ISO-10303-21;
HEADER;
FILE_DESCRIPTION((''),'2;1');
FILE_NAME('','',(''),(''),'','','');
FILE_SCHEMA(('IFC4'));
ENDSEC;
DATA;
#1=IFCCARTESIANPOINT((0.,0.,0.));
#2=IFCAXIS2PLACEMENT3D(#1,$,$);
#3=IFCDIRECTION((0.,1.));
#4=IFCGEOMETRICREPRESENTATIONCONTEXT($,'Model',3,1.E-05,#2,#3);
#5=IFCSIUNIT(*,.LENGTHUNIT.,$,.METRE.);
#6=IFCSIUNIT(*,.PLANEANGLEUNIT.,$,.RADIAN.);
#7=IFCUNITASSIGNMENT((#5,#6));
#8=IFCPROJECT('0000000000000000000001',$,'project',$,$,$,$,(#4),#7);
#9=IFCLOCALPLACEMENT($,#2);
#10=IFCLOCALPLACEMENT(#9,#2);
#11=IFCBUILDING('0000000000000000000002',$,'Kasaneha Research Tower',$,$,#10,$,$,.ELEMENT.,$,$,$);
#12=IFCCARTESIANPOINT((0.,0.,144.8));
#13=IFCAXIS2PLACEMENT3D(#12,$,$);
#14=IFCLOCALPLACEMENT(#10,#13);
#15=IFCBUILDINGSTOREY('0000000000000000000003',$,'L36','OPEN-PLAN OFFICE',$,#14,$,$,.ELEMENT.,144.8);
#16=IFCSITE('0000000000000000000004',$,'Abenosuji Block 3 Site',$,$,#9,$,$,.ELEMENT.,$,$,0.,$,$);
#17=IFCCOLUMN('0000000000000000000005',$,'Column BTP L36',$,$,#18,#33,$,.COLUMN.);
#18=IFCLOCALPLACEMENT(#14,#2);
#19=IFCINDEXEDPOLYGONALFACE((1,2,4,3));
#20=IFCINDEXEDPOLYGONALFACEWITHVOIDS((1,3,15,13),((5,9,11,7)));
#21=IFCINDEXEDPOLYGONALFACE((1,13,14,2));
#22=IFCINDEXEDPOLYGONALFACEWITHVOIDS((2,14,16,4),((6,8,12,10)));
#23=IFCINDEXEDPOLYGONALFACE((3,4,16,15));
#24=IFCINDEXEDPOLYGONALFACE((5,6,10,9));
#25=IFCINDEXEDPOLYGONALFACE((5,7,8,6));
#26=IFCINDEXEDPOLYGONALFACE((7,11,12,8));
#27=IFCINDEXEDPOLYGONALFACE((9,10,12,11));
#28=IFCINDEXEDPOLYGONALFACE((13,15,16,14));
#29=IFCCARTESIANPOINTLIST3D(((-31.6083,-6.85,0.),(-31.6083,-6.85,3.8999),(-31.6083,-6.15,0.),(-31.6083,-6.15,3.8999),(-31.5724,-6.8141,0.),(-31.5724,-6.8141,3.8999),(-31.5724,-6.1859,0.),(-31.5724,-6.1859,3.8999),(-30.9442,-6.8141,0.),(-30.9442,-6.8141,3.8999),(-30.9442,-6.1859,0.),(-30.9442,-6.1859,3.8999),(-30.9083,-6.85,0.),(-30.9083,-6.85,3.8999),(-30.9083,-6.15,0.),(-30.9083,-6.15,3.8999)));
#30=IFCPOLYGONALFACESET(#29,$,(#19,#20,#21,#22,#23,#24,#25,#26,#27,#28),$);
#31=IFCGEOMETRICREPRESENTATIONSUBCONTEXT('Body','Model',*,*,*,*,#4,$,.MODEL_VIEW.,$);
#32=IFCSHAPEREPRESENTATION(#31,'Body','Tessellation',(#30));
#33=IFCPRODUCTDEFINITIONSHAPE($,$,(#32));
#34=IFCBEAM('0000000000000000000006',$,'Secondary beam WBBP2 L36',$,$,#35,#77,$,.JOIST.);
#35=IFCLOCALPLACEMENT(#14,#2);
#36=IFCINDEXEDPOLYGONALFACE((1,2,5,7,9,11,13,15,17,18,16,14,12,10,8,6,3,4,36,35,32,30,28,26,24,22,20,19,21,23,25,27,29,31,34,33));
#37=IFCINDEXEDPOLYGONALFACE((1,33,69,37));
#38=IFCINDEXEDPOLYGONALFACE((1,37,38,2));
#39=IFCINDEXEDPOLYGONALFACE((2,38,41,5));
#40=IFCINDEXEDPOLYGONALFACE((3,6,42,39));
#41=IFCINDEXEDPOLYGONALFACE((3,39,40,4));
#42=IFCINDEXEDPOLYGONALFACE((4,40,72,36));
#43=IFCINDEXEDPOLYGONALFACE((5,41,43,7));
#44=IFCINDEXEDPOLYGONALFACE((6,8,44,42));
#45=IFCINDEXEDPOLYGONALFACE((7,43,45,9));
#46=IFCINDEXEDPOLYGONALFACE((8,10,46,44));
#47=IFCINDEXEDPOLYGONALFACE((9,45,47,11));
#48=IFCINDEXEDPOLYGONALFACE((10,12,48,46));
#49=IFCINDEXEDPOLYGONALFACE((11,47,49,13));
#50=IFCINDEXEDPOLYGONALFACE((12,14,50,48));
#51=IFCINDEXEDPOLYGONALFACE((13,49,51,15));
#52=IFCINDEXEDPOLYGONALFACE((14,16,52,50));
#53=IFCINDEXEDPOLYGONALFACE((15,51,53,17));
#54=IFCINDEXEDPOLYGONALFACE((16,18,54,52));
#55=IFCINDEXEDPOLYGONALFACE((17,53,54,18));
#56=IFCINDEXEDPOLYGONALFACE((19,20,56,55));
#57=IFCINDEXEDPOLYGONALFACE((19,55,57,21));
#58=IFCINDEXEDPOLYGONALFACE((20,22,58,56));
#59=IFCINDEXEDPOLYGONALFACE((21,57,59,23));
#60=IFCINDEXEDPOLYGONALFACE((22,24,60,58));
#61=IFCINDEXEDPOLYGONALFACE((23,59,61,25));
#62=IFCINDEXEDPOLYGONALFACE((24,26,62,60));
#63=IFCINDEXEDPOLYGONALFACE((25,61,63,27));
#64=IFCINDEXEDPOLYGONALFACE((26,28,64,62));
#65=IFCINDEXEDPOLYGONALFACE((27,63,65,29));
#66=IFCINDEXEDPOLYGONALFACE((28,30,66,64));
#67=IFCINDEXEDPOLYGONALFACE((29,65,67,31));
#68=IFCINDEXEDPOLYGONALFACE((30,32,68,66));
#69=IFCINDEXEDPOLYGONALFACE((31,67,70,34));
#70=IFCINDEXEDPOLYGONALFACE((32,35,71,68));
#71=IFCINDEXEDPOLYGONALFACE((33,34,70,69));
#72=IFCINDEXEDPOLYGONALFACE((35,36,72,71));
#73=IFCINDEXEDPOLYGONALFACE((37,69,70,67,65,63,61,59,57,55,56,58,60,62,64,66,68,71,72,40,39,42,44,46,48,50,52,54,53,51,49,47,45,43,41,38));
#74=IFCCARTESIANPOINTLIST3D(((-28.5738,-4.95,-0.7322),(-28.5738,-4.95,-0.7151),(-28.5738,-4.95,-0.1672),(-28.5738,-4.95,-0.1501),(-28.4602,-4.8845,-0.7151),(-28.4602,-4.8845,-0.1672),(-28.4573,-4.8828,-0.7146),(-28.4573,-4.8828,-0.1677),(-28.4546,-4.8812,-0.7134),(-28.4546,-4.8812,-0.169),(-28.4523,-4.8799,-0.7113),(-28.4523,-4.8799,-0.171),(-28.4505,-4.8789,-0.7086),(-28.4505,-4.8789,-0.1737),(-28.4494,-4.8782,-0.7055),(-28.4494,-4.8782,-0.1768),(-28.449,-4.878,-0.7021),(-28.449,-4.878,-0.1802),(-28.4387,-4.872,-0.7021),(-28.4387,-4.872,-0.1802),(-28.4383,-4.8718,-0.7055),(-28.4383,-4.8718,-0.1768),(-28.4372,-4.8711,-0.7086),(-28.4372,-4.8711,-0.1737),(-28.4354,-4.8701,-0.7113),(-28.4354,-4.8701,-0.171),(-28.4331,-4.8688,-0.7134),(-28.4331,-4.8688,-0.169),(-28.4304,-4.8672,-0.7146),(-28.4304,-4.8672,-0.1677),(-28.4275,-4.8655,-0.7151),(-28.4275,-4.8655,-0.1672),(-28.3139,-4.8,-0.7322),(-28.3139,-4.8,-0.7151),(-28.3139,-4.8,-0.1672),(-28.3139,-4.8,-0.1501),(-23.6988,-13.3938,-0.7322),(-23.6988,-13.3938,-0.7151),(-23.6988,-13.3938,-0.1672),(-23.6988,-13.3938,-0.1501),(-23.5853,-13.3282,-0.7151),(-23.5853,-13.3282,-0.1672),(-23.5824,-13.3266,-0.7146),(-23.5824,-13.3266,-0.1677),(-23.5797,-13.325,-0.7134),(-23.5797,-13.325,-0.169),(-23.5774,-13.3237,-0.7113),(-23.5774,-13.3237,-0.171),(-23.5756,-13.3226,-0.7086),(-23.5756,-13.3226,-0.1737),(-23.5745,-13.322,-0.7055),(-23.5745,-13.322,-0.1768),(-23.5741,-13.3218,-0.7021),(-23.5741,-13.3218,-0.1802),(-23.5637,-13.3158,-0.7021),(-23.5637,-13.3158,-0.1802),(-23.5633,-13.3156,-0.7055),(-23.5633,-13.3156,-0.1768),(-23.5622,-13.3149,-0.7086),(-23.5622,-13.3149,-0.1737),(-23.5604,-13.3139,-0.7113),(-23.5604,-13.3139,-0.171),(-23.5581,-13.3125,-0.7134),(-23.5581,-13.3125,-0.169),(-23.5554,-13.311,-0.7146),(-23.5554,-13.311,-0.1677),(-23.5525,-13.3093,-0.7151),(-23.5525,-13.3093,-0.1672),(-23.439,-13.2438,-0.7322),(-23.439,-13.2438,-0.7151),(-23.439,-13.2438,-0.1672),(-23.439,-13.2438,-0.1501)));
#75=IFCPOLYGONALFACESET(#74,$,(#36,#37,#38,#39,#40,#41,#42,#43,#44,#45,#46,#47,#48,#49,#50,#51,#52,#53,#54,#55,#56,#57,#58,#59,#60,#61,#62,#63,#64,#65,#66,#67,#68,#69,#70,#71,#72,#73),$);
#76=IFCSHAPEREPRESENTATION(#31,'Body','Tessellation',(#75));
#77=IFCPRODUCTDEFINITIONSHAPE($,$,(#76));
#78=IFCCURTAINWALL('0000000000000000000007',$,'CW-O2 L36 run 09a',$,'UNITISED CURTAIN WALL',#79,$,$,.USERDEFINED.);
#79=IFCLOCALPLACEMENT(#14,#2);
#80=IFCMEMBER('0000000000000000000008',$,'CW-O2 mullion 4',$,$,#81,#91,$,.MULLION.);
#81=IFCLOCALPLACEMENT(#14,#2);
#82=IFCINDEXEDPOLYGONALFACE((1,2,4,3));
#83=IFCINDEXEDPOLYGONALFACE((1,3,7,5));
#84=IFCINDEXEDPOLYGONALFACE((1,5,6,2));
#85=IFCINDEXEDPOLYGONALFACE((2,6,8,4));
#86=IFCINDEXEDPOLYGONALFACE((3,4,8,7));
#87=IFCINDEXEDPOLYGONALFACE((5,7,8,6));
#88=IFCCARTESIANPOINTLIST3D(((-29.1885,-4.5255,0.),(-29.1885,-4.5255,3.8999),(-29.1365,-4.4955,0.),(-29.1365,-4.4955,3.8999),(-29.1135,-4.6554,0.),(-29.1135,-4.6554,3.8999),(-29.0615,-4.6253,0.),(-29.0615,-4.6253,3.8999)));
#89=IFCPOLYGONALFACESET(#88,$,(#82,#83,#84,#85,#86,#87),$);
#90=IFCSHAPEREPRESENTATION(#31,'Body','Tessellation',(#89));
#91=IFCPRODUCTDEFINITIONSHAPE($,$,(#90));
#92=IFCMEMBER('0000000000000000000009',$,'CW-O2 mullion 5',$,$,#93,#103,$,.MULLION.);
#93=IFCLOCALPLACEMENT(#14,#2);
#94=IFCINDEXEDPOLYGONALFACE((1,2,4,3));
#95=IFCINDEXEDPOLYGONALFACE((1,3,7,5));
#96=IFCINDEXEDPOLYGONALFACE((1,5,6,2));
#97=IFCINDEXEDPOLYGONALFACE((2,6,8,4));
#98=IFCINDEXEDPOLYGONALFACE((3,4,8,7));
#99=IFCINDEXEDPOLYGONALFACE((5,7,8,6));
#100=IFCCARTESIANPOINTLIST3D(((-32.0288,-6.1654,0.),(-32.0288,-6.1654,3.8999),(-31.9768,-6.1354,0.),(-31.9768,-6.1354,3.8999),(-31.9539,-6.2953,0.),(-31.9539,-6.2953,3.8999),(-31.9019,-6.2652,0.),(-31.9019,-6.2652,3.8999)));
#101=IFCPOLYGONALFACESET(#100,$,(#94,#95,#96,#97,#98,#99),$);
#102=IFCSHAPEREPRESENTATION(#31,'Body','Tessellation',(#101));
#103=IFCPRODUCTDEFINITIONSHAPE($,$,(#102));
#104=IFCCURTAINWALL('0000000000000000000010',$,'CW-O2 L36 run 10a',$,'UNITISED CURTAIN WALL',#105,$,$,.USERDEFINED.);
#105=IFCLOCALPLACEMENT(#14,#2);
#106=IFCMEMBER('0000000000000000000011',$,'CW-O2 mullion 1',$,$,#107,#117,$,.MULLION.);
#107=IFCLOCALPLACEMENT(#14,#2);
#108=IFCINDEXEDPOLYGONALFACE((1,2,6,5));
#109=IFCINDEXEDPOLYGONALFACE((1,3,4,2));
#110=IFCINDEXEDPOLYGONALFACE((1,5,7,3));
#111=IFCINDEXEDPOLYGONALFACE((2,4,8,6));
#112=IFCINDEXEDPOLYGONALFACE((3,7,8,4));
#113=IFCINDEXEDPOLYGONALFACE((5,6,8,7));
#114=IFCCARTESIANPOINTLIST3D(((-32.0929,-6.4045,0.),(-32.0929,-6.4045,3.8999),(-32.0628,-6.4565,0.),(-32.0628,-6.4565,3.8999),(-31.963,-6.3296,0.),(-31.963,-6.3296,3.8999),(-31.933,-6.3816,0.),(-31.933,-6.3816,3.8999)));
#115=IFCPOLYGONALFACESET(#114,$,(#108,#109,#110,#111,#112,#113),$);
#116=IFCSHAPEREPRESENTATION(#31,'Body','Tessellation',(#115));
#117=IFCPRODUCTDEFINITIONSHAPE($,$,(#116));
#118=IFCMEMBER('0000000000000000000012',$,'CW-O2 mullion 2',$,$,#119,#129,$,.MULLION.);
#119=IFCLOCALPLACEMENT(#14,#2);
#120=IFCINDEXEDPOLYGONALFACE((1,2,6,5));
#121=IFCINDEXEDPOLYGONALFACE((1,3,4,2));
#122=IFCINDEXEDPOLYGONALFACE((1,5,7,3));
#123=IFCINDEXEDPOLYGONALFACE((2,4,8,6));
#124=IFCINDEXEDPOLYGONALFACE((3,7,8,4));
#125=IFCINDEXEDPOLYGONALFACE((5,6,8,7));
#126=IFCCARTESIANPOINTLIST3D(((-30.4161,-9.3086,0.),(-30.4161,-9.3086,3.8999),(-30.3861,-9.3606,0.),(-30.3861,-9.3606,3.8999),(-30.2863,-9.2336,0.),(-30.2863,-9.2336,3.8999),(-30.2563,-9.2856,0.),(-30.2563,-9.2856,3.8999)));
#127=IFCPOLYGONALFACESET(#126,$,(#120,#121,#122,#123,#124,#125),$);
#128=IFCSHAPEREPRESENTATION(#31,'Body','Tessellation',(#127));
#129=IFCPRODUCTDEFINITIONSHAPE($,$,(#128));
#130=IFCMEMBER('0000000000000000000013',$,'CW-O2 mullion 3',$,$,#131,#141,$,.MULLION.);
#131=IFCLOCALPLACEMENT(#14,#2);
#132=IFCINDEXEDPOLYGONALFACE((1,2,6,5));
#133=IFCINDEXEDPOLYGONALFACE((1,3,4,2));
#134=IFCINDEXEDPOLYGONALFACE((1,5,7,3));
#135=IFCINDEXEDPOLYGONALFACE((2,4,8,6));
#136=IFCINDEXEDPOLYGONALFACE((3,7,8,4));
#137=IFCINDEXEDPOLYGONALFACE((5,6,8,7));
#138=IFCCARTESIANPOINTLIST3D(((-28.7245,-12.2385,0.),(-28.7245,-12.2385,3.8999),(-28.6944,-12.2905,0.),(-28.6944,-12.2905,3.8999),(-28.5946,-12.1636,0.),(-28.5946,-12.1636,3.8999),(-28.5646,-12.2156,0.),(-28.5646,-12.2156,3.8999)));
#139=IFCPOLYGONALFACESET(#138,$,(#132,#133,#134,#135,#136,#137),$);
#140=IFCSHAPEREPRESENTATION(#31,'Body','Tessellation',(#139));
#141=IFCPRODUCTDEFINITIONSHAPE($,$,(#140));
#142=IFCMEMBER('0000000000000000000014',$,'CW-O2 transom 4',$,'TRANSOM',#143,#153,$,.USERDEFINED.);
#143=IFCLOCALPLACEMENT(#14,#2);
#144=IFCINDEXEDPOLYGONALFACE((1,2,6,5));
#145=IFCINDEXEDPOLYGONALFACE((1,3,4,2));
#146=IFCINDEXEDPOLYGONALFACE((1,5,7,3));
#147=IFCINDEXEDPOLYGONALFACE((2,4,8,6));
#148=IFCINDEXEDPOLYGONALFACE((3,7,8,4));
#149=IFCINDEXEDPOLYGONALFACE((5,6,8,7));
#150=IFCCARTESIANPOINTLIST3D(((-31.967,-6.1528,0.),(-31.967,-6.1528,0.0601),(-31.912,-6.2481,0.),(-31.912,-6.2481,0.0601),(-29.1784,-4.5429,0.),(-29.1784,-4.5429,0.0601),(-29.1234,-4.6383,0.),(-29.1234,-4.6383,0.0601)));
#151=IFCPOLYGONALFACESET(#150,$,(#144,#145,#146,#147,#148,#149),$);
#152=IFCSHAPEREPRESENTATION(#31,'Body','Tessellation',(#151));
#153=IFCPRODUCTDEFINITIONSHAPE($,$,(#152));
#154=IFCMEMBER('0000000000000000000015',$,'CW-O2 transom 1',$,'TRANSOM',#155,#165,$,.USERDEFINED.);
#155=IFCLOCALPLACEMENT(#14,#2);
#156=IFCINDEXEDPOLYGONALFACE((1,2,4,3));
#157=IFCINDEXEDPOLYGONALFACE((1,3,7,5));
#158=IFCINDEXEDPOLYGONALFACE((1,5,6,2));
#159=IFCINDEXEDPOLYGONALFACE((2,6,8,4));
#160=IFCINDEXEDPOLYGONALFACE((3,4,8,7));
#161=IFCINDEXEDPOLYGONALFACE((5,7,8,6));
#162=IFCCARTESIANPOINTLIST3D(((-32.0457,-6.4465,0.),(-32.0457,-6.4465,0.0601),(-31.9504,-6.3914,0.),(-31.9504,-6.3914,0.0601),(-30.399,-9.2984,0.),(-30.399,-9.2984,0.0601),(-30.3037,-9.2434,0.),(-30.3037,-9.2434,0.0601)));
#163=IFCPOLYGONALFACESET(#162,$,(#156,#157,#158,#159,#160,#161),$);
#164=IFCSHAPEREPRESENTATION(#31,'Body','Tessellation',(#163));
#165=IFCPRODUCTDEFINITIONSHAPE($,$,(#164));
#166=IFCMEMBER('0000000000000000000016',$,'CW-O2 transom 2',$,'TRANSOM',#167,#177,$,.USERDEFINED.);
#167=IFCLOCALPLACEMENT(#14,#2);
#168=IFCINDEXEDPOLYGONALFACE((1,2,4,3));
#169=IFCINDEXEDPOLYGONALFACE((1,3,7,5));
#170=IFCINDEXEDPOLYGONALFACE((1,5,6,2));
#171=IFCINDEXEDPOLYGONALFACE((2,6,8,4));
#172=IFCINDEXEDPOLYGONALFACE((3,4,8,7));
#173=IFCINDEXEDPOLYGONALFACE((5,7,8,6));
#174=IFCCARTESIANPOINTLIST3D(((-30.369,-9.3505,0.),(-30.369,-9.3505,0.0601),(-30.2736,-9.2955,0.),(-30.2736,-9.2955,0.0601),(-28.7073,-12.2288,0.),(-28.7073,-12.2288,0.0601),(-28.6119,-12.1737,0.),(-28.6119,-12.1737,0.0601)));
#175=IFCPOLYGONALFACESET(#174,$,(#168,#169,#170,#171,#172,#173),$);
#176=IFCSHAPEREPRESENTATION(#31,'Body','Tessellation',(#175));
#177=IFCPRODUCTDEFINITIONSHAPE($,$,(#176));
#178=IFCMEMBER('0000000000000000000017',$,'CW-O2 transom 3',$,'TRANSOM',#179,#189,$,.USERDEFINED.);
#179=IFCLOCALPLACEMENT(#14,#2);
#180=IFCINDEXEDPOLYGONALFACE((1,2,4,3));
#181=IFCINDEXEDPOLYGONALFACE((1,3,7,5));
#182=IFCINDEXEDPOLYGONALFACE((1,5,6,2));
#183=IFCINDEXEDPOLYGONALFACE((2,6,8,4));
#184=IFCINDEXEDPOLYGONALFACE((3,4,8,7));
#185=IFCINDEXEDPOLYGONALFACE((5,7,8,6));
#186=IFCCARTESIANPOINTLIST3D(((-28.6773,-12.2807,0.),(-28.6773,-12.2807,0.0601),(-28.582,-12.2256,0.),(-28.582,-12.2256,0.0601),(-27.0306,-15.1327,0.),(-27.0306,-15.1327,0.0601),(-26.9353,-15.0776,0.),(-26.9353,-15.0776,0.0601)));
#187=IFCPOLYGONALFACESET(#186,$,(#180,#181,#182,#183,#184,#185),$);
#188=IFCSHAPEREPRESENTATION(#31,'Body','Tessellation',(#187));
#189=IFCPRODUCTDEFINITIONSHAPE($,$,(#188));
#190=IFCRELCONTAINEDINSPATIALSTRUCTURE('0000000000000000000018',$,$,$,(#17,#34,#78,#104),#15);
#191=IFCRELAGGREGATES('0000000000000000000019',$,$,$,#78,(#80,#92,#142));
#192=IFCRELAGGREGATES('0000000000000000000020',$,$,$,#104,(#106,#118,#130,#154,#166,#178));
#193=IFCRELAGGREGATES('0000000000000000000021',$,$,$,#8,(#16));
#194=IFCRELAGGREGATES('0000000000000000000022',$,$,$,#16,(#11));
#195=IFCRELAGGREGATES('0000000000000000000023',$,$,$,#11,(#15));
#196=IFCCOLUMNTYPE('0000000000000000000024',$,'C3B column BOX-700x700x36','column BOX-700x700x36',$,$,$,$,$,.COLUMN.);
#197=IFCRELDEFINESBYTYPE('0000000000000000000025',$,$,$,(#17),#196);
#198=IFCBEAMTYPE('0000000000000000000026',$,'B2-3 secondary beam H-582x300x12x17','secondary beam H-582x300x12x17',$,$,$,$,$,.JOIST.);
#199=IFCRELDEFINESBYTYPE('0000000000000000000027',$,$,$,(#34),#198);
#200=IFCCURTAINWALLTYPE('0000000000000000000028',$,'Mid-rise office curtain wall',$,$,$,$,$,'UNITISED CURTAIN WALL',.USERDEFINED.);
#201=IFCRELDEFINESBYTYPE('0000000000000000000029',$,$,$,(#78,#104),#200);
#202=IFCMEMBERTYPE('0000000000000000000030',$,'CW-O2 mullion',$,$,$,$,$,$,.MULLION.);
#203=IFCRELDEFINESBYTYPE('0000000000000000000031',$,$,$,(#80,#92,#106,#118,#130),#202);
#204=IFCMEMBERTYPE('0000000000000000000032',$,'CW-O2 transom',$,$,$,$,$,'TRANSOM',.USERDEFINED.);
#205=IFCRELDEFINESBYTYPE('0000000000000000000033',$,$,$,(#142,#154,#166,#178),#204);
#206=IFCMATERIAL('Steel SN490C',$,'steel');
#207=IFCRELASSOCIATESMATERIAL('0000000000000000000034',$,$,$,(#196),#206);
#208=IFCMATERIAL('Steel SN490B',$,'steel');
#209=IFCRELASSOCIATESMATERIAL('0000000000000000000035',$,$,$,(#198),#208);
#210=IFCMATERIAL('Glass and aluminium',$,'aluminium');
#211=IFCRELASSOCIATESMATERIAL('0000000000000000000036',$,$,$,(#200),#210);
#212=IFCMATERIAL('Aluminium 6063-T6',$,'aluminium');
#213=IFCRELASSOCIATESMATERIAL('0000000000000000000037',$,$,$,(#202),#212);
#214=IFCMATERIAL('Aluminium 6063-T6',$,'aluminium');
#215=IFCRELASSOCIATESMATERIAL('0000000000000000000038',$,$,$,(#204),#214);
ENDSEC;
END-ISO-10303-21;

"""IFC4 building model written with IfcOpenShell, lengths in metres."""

from ifc_helpers import new_model, si_unit, direction, frame, origin, origin_2d, place, context, subcontext, project, spatial, rectangle, hollow_rectangle, i_section, extrude, material, material_profile, profile_set, type_object, element, aggregate, save


model = new_model("IFC4")

# Units and contexts
model_context = context("Model", 3, precision=1e-05, world=origin(), true_north=direction((0.0, 1.0)))
body_context = subcontext(model_context, "Body", "Model", "MODEL_VIEW")
ifc_project = project(units=[si_unit("LENGTHUNIT", "METRE"), si_unit("PLANEANGLEUNIT", "RADIAN")], contexts=[model_context])

# Site, building, storey
site_placement = place(None, origin())
site = spatial("IfcSite", under=ifc_project, at=site_placement, Name="Abenosuji Block 3 Site", CompositionType="ELEMENT", RefElevation=0.0)
building_placement = place(site_placement, origin())
building = spatial("IfcBuilding", under=site, at=building_placement, Name="Kasaneha Research Tower", CompositionType="ELEMENT")
storey_placement = place(building_placement, frame((0.0, 0.0, 144.8)))
storey = spatial("IfcBuildingStorey", under=building, at=storey_placement, Name="L36", Description="OPEN-PLAN OFFICE", CompositionType="ELEMENT", Elevation=144.8)

# Column
ifc_material_1 = material(Name="Steel SN490C", Category="steel")
ifc_material_profile_1 = material_profile(ifc_material_1, hollow_rectangle(XDim=0.7, YDim=0.7, WallThickness=0.0359, at=origin_2d()), Name="BOX-700x700x36")
ifc_profile_set_1 = profile_set([ifc_material_profile_1], Name="Steel SN490C")
column_type = type_object("IfcColumnType", Name="C3B column BOX-700x700x36", Description="column BOX-700x700x36", PredefinedType="COLUMN", material=ifc_profile_set_1)
column_placement = place(storey_placement, frame((-31.2583, -6.5, 0.0), z_axis=(0.0, 0.0, 1.0), x_axis=(1.0, 0.0, 0.0)))
element("IfcColumn", 1, at=column_placement, inside=storey, type_object=column_type, Name="Column BTP L36", PredefinedType="COLUMN", context=body_context, shape_type="SweptSolid", body=[
    extrude(hollow_rectangle(XDim=0.7, YDim=0.7, WallThickness=0.0359, at=origin_2d()), origin(), (0.0, 0.0, 1.0), 3.8999),
])

# Beam
ifc_material_2 = material(Name="Steel SN490B", Category="steel")
ifc_material_profile_2 = material_profile(ifc_material_2, i_section(OverallWidth=0.3, OverallDepth=0.582, WebThickness=0.012, FlangeThickness=0.0171, FilletRadius=0.0129, at=origin_2d()), Name="H-582x300x12x17")
ifc_profile_set_2 = profile_set([ifc_material_profile_2], Name="Steel SN490B")
beam_type_1 = type_object("IfcBeamType", Name="B2-3 secondary beam H-582x300x12x17", Description="secondary beam H-582x300x12x17", PredefinedType="JOIST", material=ifc_profile_set_2)
beam_1_placement = place(storey_placement, frame((-28.4438, -4.875, -0.4412), z_axis=(0.499996, -0.866028, 0.0), x_axis=(0.866028, 0.499996, 0.0)))
element("IfcBeam", 2, at=beam_1_placement, inside=storey, type_object=beam_type_1, Name="Secondary beam WBBP2 L36", PredefinedType="JOIST", context=body_context, shape_type="SweptSolid", body=[
    extrude(i_section(OverallWidth=0.3, OverallDepth=0.582, WebThickness=0.012, FlangeThickness=0.0171, FilletRadius=0.0129, at=origin_2d()), origin(), (0.0, 0.0, 1.0), 9.75),
])

# Curtain walls, members
ifc_material_3 = material(Name="Glass and aluminium", Category="aluminium")
curtain_wall_type = type_object("IfcCurtainWallType", Name="Mid-rise office curtain wall", ElementType="UNITISED CURTAIN WALL", PredefinedType="USERDEFINED", material=ifc_material_3)
curtain_wall_1_placement = place(storey_placement, origin())
curtain_wall_1 = element("IfcCurtainWall", 3, at=curtain_wall_1_placement, inside=storey, type_object=curtain_wall_type, Name="CW-O2 L36 run 09a", ObjectType="UNITISED CURTAIN WALL", PredefinedType="USERDEFINED")
ifc_material_4 = material(Name="Aluminium 6063-T6", Category="aluminium")
ifc_material_profile_3 = material_profile(ifc_material_4, rectangle(XDim=0.0601, YDim=0.1499, at=origin_2d()), Name="CW-O2 mullion 60x150")
ifc_profile_set_3 = profile_set([ifc_material_profile_3], Name="Aluminium 6063-T6")
member_type_1 = type_object("IfcMemberType", Name="CW-O2 mullion", PredefinedType="MULLION", material=ifc_profile_set_3)
member_1_placement = place(storey_placement, frame((-29.125, -4.5754, 0.0), z_axis=(0.0, 0.0, 1.0), x_axis=(-0.866025, -0.5, 0.0)))
member_1 = element("IfcMember", 4, at=member_1_placement, type_object=member_type_1, Name="CW-O2 mullion 4", PredefinedType="MULLION", context=body_context, shape_type="SweptSolid", body=[
    extrude(rectangle(XDim=0.0601, YDim=0.1499, at=origin_2d()), origin(), (0.0, 0.0, 1.0), 3.8999),
])
member_2_placement = place(storey_placement, frame((-31.9653, -6.2153, 0.0), z_axis=(0.0, 0.0, 1.0), x_axis=(-0.866025, -0.5, 0.0)))
member_2 = element("IfcMember", 5, at=member_2_placement, type_object=member_type_1, Name="CW-O2 mullion 5", PredefinedType="MULLION", context=body_context, shape_type="SweptSolid", body=[
    extrude(rectangle(XDim=0.0601, YDim=0.1499, at=origin_2d()), origin(), (0.0, 0.0, 1.0), 3.8999),
])
curtain_wall_2_placement = place(storey_placement, origin())
curtain_wall_2 = element("IfcCurtainWall", 6, at=curtain_wall_2_placement, inside=storey, type_object=curtain_wall_type, Name="CW-O2 L36 run 10a", ObjectType="UNITISED CURTAIN WALL", PredefinedType="USERDEFINED")
member_3_placement = place(storey_placement, frame((-32.0129, -6.3931, 0.0), z_axis=(0.0, 0.0, 1.0), x_axis=(0.5, -0.866025, 0.0)))
member_3 = element("IfcMember", 7, at=member_3_placement, type_object=member_type_1, Name="CW-O2 mullion 1", PredefinedType="MULLION", context=body_context, shape_type="SweptSolid", body=[
    extrude(rectangle(XDim=0.0601, YDim=0.1499, at=origin_2d()), origin(), (0.0, 0.0, 1.0), 3.8999),
])
member_4_placement = place(storey_placement, frame((-30.3362, -9.2971, 0.0), z_axis=(0.0, 0.0, 1.0), x_axis=(0.5, -0.866025, 0.0)))
member_4 = element("IfcMember", 8, at=member_4_placement, type_object=member_type_1, Name="CW-O2 mullion 2", PredefinedType="MULLION", context=body_context, shape_type="SweptSolid", body=[
    extrude(rectangle(XDim=0.0601, YDim=0.1499, at=origin_2d()), origin(), (0.0, 0.0, 1.0), 3.8999),
])
member_5_placement = place(storey_placement, frame((-28.6445, -12.2271, 0.0), z_axis=(0.0, 0.0, 1.0), x_axis=(0.5, -0.866025, 0.0)))
member_5 = element("IfcMember", 9, at=member_5_placement, type_object=member_type_1, Name="CW-O2 mullion 3", PredefinedType="MULLION", context=body_context, shape_type="SweptSolid", body=[
    extrude(rectangle(XDim=0.0601, YDim=0.1499, at=origin_2d()), origin(), (0.0, 0.0, 1.0), 3.8999),
])

# Members
ifc_material_5 = material(Name="Aluminium 6063-T6", Category="aluminium")
ifc_material_profile_4 = material_profile(ifc_material_5, rectangle(XDim=0.1101, YDim=0.0601, at=origin_2d()), Name="CW-O2 transom 110x60")
ifc_profile_set_4 = profile_set([ifc_material_profile_4], Name="Aluminium 6063-T6")
member_type_2 = type_object("IfcMemberType", Name="CW-O2 transom", ElementType="TRANSOM", PredefinedType="USERDEFINED", material=ifc_profile_set_4)
member_6_placement = place(storey_placement, frame((-29.1509, -4.5906, 0.03), z_axis=(-0.866042, -0.499972, 0.0), x_axis=(0.499972, -0.866042, 0.0)))
member_6 = element("IfcMember", 10, at=member_6_placement, type_object=member_type_2, Name="CW-O2 transom 4", ObjectType="TRANSOM", PredefinedType="USERDEFINED", context=body_context, shape_type="SweptSolid", body=[
    extrude(rectangle(XDim=0.1101, YDim=0.0601, at=origin_2d()), origin(), (0.0, 0.0, 1.0), 3.22),
])
member_7_placement = place(storey_placement, frame((-31.998, -6.4189, 0.03), z_axis=(0.500022, -0.866013, 0.0), x_axis=(0.866013, 0.500022, 0.0)))
member_7 = element("IfcMember", 11, at=member_7_placement, type_object=member_type_2, Name="CW-O2 transom 1", ObjectType="TRANSOM", PredefinedType="USERDEFINED", context=body_context, shape_type="SweptSolid", body=[
    extrude(rectangle(XDim=0.1101, YDim=0.0601, at=origin_2d()), origin(), (0.0, 0.0, 1.0), 3.2932),
])
member_8_placement = place(storey_placement, frame((-30.3213, -9.323, 0.03), z_axis=(0.499979, -0.866038, 0.0), x_axis=(0.866038, 0.499979, 0.0)))
member_8 = element("IfcMember", 12, at=member_8_placement, type_object=member_type_2, Name="CW-O2 transom 2", ObjectType="TRANSOM", PredefinedType="USERDEFINED", context=body_context, shape_type="SweptSolid", body=[
    extrude(rectangle(XDim=0.1101, YDim=0.0601, at=origin_2d()), origin(), (0.0, 0.0, 1.0), 3.3235),
])
member_9_placement = place(storey_placement, frame((-28.6296, -12.2532, 0.03), z_axis=(0.500022, -0.866013, 0.0), x_axis=(0.866013, 0.500022, 0.0)))
member_9 = element("IfcMember", 13, at=member_9_placement, type_object=member_type_2, Name="CW-O2 transom 3", ObjectType="TRANSOM", PredefinedType="USERDEFINED", context=body_context, shape_type="SweptSolid", body=[
    extrude(rectangle(XDim=0.1101, YDim=0.0601, at=origin_2d()), origin(), (0.0, 0.0, 1.0), 3.2932),
])

aggregate(curtain_wall_1, [member_1, member_2, member_6])
aggregate(curtain_wall_2, [member_3, member_4, member_5, member_7, member_8, member_9])

save(model, "model.ifc")
